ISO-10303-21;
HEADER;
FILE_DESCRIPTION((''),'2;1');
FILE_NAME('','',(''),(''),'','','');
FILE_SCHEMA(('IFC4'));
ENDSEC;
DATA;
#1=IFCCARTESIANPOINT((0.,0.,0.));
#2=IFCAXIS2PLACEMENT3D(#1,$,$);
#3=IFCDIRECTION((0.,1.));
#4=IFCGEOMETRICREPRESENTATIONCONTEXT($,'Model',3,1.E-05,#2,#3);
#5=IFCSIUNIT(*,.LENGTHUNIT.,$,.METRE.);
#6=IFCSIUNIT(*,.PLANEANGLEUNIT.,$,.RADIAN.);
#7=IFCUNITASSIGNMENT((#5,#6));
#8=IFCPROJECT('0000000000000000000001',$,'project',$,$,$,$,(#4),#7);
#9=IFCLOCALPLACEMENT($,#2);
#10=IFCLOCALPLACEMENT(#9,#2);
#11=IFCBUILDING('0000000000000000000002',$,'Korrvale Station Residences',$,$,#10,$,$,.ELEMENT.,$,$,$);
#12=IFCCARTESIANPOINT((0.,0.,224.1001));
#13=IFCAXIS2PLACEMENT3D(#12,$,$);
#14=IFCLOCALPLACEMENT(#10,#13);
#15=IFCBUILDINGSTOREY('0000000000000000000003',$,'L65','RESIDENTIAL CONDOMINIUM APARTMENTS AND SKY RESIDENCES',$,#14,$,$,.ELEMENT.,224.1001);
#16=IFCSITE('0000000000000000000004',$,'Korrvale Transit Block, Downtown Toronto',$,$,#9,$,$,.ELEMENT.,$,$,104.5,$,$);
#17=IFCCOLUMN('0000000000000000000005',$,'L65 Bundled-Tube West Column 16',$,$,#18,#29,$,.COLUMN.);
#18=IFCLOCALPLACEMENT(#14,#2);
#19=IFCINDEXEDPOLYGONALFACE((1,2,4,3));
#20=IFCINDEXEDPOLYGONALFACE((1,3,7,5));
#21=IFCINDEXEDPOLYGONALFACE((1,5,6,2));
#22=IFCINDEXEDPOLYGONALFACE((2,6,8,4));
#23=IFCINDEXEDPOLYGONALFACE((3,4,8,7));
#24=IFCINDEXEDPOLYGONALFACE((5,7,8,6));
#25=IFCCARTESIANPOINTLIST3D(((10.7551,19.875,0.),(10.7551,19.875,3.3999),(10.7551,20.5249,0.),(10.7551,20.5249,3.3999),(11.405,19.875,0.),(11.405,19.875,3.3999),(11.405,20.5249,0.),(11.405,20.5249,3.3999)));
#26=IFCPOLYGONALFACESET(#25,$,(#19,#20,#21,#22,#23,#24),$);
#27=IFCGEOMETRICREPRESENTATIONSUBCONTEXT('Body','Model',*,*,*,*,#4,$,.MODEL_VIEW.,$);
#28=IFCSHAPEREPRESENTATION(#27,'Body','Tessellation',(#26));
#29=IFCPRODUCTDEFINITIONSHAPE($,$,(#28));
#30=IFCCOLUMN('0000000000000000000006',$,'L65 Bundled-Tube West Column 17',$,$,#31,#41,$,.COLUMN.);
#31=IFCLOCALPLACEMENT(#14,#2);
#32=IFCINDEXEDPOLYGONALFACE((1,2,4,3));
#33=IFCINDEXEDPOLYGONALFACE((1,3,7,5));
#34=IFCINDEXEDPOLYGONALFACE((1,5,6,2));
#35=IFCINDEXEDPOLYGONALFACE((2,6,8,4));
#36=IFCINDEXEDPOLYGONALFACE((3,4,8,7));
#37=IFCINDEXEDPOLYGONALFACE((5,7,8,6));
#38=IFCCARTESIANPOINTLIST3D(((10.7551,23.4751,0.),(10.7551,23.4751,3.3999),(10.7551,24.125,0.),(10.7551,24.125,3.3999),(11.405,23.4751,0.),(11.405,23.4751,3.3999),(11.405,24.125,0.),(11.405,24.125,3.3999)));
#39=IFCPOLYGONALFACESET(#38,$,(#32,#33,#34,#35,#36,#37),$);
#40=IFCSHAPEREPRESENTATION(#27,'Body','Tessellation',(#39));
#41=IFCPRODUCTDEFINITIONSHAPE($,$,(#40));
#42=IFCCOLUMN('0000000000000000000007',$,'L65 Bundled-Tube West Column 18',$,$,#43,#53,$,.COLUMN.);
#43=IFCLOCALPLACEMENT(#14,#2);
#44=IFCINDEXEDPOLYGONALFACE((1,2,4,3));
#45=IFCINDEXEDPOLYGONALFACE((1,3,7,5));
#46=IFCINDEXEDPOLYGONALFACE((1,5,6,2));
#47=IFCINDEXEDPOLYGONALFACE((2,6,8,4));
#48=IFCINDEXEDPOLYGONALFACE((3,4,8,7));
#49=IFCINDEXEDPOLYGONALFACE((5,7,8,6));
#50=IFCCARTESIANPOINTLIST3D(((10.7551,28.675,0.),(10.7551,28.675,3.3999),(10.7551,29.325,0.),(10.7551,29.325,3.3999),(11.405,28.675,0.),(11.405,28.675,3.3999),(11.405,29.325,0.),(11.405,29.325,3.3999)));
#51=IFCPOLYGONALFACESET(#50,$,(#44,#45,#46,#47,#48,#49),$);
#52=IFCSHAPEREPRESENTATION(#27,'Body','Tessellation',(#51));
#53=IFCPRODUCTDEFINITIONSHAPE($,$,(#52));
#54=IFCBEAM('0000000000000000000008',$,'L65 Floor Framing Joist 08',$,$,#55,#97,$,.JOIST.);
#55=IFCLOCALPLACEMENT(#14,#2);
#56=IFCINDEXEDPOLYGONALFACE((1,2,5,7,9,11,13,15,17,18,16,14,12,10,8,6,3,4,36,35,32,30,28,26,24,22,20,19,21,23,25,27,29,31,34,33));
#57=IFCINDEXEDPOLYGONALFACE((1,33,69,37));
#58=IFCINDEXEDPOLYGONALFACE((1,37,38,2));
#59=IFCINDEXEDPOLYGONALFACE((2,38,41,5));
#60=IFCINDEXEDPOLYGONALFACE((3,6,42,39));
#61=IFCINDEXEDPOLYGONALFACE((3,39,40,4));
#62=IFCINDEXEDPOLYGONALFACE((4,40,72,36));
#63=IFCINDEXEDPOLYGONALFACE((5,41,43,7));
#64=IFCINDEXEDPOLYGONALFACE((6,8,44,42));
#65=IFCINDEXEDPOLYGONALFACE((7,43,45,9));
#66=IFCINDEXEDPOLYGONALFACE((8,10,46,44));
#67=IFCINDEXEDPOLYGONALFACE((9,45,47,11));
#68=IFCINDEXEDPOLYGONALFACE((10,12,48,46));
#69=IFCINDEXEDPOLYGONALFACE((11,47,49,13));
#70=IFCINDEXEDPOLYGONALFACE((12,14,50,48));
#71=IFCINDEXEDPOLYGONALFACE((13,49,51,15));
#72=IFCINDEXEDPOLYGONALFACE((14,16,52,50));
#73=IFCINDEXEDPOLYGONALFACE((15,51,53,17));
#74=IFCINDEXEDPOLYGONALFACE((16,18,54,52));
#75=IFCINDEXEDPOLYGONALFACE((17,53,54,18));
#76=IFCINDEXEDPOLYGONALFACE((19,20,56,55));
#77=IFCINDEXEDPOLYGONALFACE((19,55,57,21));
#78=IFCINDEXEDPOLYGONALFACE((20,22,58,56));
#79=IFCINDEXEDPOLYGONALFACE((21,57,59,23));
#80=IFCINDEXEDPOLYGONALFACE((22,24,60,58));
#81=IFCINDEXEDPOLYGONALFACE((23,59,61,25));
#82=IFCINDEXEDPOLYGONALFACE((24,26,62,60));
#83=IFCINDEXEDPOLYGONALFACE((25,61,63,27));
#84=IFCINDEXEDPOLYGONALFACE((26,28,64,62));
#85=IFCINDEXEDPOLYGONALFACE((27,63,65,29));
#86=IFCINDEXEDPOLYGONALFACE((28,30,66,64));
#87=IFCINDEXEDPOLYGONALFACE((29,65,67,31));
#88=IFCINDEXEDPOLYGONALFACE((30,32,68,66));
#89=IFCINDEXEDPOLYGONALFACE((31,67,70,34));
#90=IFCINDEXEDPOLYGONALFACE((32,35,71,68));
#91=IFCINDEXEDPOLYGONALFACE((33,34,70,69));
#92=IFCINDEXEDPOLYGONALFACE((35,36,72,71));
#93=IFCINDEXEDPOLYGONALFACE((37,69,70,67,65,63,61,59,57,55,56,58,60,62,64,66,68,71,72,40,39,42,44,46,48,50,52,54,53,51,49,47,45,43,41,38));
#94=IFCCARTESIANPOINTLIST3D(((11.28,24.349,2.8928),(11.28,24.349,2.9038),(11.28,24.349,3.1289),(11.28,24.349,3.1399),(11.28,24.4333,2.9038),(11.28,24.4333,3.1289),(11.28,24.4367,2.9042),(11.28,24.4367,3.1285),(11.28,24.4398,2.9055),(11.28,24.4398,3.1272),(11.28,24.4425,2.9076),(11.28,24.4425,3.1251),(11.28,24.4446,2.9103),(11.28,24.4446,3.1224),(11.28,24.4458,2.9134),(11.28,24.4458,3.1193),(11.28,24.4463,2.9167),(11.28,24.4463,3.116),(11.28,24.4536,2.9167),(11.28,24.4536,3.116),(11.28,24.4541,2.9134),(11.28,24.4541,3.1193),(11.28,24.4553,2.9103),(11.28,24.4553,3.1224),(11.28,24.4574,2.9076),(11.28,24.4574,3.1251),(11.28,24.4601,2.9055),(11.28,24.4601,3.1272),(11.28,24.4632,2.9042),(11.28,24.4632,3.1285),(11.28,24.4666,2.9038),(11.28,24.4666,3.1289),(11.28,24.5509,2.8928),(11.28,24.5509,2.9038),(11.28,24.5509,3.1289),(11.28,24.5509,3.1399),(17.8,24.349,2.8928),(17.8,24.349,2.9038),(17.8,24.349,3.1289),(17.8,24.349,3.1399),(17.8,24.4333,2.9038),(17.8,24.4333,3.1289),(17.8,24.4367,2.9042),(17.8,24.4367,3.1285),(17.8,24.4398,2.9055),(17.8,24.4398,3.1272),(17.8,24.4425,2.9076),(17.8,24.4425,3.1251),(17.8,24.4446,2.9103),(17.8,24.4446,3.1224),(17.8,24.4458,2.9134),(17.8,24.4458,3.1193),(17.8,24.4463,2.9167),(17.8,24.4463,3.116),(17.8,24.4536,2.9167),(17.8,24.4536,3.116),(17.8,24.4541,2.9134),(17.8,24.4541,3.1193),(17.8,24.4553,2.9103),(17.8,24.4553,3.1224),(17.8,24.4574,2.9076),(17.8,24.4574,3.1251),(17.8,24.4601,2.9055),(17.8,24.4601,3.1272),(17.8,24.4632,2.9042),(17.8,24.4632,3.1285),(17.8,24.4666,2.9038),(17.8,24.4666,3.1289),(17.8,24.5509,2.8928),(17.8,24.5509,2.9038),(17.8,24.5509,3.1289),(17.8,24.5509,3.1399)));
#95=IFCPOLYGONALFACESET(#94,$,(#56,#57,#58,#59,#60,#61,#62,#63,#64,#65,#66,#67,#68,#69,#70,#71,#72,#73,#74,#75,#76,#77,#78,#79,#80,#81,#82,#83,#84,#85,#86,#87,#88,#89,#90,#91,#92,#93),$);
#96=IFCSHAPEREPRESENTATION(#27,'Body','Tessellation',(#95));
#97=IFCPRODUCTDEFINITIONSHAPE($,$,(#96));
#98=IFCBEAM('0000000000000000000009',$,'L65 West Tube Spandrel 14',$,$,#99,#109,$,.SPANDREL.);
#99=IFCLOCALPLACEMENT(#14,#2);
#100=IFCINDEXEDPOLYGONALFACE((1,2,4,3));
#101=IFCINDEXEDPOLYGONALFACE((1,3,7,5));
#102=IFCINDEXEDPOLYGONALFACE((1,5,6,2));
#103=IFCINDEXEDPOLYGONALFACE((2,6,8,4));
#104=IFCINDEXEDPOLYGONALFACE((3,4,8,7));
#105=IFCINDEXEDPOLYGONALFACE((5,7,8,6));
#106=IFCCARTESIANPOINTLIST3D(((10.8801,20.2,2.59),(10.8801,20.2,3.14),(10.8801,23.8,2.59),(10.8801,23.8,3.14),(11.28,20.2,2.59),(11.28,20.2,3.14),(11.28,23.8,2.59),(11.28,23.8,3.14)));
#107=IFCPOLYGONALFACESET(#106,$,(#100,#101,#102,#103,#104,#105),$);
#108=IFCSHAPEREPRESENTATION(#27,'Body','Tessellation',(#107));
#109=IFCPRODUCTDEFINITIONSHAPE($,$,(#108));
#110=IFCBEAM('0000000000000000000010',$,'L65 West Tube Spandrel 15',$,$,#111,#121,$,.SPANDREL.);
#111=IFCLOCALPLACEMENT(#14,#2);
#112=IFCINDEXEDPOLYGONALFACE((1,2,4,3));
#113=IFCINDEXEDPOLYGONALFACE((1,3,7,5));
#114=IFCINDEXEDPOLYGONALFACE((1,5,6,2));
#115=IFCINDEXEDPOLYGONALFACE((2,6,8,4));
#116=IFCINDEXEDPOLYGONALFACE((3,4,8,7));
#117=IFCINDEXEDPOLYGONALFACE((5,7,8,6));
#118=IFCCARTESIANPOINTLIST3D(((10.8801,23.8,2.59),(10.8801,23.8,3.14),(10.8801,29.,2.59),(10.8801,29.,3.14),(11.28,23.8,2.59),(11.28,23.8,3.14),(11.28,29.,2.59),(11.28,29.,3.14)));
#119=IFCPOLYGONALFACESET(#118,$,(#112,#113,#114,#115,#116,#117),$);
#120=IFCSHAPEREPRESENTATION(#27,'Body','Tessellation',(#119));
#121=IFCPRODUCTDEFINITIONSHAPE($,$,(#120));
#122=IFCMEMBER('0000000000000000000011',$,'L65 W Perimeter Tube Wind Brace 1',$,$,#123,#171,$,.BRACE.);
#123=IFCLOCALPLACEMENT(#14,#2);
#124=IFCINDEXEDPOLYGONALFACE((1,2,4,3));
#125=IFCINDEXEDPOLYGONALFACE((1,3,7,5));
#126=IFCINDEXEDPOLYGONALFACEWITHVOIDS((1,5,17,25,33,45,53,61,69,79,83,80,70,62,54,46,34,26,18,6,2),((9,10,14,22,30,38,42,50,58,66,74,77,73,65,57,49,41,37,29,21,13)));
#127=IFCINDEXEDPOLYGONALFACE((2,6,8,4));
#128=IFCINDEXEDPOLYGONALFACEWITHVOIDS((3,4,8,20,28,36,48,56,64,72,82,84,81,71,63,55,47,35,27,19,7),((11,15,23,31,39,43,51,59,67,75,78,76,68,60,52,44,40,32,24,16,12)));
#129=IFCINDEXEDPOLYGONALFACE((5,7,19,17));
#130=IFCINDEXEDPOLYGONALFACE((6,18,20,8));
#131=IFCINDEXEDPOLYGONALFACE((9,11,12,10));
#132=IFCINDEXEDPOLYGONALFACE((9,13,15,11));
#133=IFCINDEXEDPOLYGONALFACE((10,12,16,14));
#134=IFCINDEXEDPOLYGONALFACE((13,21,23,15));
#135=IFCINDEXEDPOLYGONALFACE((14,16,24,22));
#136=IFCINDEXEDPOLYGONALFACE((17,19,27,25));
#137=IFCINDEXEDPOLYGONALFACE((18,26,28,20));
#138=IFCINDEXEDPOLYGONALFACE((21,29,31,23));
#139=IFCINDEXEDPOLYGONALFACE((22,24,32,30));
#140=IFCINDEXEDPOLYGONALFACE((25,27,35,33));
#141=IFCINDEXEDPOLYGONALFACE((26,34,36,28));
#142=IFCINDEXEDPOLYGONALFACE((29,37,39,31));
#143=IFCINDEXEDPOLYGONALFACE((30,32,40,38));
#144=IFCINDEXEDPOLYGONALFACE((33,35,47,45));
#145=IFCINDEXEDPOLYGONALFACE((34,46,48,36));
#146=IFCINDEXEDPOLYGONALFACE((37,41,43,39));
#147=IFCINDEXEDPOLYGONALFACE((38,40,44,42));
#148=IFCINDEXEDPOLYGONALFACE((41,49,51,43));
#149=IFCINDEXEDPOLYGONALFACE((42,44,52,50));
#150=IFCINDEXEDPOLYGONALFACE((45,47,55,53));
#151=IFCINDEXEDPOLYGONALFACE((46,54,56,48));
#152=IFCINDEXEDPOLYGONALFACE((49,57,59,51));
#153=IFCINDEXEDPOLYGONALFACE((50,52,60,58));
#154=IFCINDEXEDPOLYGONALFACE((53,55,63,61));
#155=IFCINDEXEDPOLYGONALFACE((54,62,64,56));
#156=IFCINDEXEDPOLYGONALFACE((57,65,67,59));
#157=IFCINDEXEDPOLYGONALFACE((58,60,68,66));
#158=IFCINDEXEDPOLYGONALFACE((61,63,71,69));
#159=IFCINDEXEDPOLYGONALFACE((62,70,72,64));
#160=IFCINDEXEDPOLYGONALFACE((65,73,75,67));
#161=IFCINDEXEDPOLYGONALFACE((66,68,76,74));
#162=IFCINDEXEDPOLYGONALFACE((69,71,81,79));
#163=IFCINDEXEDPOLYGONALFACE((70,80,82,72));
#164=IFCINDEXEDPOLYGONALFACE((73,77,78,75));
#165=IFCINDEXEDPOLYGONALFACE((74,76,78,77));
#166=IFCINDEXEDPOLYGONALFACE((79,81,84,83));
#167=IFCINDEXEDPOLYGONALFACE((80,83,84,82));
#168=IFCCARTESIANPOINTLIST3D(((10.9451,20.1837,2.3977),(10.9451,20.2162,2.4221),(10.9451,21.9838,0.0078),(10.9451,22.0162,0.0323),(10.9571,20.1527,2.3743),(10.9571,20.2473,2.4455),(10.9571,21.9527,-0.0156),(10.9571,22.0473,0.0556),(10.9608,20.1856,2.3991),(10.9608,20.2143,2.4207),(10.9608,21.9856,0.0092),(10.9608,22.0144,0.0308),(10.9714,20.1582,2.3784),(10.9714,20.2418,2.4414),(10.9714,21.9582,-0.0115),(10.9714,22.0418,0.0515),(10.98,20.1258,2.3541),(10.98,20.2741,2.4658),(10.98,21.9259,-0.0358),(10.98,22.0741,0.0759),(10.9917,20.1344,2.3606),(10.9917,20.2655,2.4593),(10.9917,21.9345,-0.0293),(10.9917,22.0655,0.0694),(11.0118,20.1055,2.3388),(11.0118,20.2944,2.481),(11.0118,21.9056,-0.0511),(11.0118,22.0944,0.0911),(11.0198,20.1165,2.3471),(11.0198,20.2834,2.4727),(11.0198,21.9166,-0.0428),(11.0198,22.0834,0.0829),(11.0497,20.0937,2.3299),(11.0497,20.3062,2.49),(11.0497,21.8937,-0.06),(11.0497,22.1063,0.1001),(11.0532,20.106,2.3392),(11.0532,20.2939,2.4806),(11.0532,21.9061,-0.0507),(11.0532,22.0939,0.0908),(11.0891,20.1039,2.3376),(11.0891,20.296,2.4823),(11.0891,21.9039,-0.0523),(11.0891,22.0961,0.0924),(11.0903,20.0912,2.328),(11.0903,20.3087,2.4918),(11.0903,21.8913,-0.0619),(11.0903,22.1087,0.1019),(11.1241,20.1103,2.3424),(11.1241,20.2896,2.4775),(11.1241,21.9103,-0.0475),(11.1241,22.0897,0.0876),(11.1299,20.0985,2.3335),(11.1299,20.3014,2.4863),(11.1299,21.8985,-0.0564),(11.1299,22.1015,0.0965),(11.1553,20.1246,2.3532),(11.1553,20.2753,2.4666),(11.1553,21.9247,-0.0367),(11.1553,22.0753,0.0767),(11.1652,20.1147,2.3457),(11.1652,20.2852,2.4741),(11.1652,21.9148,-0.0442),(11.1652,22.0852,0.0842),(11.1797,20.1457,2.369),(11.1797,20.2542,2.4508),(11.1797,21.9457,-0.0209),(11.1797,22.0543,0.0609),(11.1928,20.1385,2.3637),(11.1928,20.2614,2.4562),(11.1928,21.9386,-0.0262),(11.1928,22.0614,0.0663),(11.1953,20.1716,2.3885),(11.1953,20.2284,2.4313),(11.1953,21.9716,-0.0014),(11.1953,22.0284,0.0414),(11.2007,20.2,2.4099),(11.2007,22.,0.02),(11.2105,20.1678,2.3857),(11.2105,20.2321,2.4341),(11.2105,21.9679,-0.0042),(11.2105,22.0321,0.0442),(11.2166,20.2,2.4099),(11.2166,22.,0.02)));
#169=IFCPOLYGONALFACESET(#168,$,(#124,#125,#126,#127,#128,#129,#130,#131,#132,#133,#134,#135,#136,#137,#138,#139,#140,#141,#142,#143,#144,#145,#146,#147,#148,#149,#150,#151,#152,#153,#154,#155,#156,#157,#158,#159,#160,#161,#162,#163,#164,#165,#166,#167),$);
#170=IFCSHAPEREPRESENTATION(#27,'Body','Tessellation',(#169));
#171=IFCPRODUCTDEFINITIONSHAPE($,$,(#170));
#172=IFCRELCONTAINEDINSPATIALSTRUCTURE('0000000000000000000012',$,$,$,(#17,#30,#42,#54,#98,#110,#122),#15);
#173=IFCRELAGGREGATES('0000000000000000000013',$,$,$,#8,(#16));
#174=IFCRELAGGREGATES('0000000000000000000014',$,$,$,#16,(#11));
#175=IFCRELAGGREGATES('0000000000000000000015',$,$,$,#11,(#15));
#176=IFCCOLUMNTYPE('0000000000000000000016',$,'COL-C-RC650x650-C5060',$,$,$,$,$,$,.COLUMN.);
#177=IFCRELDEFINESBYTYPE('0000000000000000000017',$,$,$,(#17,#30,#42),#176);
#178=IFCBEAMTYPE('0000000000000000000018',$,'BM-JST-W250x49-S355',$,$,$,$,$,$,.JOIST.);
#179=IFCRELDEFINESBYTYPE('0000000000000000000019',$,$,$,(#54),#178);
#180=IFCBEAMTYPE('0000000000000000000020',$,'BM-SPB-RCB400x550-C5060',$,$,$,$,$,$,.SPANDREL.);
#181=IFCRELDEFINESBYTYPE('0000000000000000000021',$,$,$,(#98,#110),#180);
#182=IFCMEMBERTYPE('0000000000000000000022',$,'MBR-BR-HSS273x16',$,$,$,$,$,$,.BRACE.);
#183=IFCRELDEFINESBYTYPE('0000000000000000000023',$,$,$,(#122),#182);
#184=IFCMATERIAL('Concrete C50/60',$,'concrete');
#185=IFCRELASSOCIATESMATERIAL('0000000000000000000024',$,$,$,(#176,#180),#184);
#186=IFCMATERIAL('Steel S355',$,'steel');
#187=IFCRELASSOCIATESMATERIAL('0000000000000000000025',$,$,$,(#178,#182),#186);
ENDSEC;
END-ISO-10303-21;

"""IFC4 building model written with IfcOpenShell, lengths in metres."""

from ifc_helpers import new_model, si_unit, direction, frame, origin, origin_2d, place, context, subcontext, project, spatial, rectangle, hollow_circle, i_section, extrude, material, material_profile, profile_set, type_object, element, save


model = new_model("IFC4")

# Units and contexts
model_context = context("Model", 3, precision=1e-05, world=origin(), true_north=direction((0.0, 1.0)))
body_context = subcontext(model_context, "Body", "Model", "MODEL_VIEW")
ifc_project = project(units=[si_unit("LENGTHUNIT", "METRE"), si_unit("PLANEANGLEUNIT", "RADIAN")], contexts=[model_context])

# Site, building, storey
site_placement = place(None, origin())
site = spatial("IfcSite", under=ifc_project, at=site_placement, Name="Korrvale Transit Block, Downtown Toronto", CompositionType="ELEMENT", RefElevation=104.5)
building_placement = place(site_placement, origin())
building = spatial("IfcBuilding", under=site, at=building_placement, Name="Korrvale Station Residences", CompositionType="ELEMENT")
storey_placement = place(building_placement, frame((0.0, 0.0, 224.1001)))
storey = spatial("IfcBuildingStorey", under=building, at=storey_placement, Name="L65", Description="RESIDENTIAL CONDOMINIUM APARTMENTS AND SKY RESIDENCES", CompositionType="ELEMENT", Elevation=224.1001)

# Columns
ifc_material_1 = material(Name="Concrete C50/60", Category="concrete")
ifc_material_profile_1 = material_profile(ifc_material_1, rectangle(XDim=0.6499, YDim=0.6499, at=origin_2d()), Name="RC650x650")
ifc_profile_set_1 = profile_set([ifc_material_profile_1], Name="Concrete C50/60")
column_type = type_object("IfcColumnType", Name="COL-C-RC650x650-C5060", PredefinedType="COLUMN", material=ifc_profile_set_1)
for number, where, z_axis, x_axis, name in (
    (1, (11.0801, 20.2, 0.0), (0.0, 0.0, 1.0), (1.0, 0.0, 0.0), "L65 Bundled-Tube West Column 16"),
    (2, (11.0801, 23.8, 0.0), (0.0, 0.0, 1.0), (1.0, 0.0, 0.0), "L65 Bundled-Tube West Column 17"),
    (3, (11.0801, 29.0, 0.0), (0.0, 0.0, 1.0), (1.0, 0.0, 0.0), "L65 Bundled-Tube West Column 18"),
):
    element("IfcColumn", number, at=place(storey_placement, frame(where, z_axis=z_axis, x_axis=x_axis)), inside=storey, type_object=column_type, Name=name, PredefinedType="COLUMN", context=body_context, shape_type="SweptSolid", body=[
        extrude(rectangle(XDim=0.6499, YDim=0.6499, at=origin_2d()), origin(), (0.0, 0.0, 1.0), 3.3999),
    ])

# Beams
ifc_material_2 = material(Name="Steel S355", Category="steel")
ifc_material_profile_2 = material_profile(ifc_material_2, i_section(OverallWidth=0.2019, OverallDepth=0.2471, WebThickness=0.0073, FlangeThickness=0.011, FilletRadius=0.0129, at=origin_2d()), Name="W250x49")
ifc_profile_set_2 = profile_set([ifc_material_profile_2], Name="Steel S355")
beam_type_1 = type_object("IfcBeamType", Name="BM-JST-W250x49-S355", PredefinedType="JOIST", material=ifc_profile_set_2)
beam_1_placement = place(storey_placement, frame((11.28, 24.45, 3.0164), z_axis=(1.0, 0.0, 0.0), x_axis=(0.0, 1.0, 0.0)))
element("IfcBeam", 4, at=beam_1_placement, inside=storey, type_object=beam_type_1, Name="L65 Floor Framing Joist 08", PredefinedType="JOIST", context=body_context, shape_type="SweptSolid", body=[
    extrude(i_section(OverallWidth=0.2019, OverallDepth=0.2471, WebThickness=0.0073, FlangeThickness=0.011, FilletRadius=0.0129, at=origin_2d()), origin(), (0.0, 0.0, 1.0), 6.52),
])
ifc_material_profile_3 = material_profile(ifc_material_1, rectangle(XDim=0.3999, YDim=0.55, at=origin_2d()), Name="RCB400x550")
ifc_profile_set_3 = profile_set([ifc_material_profile_3], Name="Concrete C50/60")
beam_type_2 = type_object("IfcBeamType", Name="BM-SPB-RCB400x550-C5060", PredefinedType="SPANDREL", material=ifc_profile_set_3)
beam_2_placement = place(storey_placement, frame((11.0801, 20.2, 2.865), z_axis=(0.0, 1.0, 0.0), x_axis=(-1.0, 0.0, 0.0)))
element("IfcBeam", 5, at=beam_2_placement, inside=storey, type_object=beam_type_2, Name="L65 West Tube Spandrel 14", PredefinedType="SPANDREL", context=body_context, shape_type="SweptSolid", body=[
    extrude(rectangle(XDim=0.3999, YDim=0.55, at=origin_2d()), origin(), (0.0, 0.0, 1.0), 3.6001),
])
beam_3_placement = place(storey_placement, frame((11.0801, 23.8, 2.865), z_axis=(0.0, 1.0, 0.0), x_axis=(-1.0, 0.0, 0.0)))
element("IfcBeam", 6, at=beam_3_placement, inside=storey, type_object=beam_type_2, Name="L65 West Tube Spandrel 15", PredefinedType="SPANDREL", context=body_context, shape_type="SweptSolid", body=[
    extrude(rectangle(XDim=0.3999, YDim=0.55, at=origin_2d()), origin(), (0.0, 0.0, 1.0), 5.2),
])

# Member
ifc_material_profile_4 = material_profile(ifc_material_2, hollow_circle(Radius=0.1365, WallThickness=0.0159, at=origin_2d()), Name="HSS273x16")
ifc_profile_set_4 = profile_set([ifc_material_profile_4], Name="Steel S355")
member_type = type_object("IfcMemberType", Name="MBR-BR-HSS273x16", PredefinedType="BRACE", material=ifc_profile_set_4)
for number, where, z_axis, x_axis, name in (
    (7, (11.0801, 22.0, 0.02), (0.0, -0.601631, 0.798774), (1.0, 0.0, 0.0), "L65 W Perimeter Tube Wind Brace 1"),
):
    element("IfcMember", number, at=place(storey_placement, frame(where, z_axis=z_axis, x_axis=x_axis)), inside=storey, type_object=member_type, Name=name, PredefinedType="BRACE", context=body_context, shape_type="SweptSolid", body=[
        extrude(hollow_circle(Radius=0.1365, WallThickness=0.0159, at=origin_2d()), origin(), (0.0, 0.0, 1.0), 2.9919),
    ])

save(model, "model.ifc")
